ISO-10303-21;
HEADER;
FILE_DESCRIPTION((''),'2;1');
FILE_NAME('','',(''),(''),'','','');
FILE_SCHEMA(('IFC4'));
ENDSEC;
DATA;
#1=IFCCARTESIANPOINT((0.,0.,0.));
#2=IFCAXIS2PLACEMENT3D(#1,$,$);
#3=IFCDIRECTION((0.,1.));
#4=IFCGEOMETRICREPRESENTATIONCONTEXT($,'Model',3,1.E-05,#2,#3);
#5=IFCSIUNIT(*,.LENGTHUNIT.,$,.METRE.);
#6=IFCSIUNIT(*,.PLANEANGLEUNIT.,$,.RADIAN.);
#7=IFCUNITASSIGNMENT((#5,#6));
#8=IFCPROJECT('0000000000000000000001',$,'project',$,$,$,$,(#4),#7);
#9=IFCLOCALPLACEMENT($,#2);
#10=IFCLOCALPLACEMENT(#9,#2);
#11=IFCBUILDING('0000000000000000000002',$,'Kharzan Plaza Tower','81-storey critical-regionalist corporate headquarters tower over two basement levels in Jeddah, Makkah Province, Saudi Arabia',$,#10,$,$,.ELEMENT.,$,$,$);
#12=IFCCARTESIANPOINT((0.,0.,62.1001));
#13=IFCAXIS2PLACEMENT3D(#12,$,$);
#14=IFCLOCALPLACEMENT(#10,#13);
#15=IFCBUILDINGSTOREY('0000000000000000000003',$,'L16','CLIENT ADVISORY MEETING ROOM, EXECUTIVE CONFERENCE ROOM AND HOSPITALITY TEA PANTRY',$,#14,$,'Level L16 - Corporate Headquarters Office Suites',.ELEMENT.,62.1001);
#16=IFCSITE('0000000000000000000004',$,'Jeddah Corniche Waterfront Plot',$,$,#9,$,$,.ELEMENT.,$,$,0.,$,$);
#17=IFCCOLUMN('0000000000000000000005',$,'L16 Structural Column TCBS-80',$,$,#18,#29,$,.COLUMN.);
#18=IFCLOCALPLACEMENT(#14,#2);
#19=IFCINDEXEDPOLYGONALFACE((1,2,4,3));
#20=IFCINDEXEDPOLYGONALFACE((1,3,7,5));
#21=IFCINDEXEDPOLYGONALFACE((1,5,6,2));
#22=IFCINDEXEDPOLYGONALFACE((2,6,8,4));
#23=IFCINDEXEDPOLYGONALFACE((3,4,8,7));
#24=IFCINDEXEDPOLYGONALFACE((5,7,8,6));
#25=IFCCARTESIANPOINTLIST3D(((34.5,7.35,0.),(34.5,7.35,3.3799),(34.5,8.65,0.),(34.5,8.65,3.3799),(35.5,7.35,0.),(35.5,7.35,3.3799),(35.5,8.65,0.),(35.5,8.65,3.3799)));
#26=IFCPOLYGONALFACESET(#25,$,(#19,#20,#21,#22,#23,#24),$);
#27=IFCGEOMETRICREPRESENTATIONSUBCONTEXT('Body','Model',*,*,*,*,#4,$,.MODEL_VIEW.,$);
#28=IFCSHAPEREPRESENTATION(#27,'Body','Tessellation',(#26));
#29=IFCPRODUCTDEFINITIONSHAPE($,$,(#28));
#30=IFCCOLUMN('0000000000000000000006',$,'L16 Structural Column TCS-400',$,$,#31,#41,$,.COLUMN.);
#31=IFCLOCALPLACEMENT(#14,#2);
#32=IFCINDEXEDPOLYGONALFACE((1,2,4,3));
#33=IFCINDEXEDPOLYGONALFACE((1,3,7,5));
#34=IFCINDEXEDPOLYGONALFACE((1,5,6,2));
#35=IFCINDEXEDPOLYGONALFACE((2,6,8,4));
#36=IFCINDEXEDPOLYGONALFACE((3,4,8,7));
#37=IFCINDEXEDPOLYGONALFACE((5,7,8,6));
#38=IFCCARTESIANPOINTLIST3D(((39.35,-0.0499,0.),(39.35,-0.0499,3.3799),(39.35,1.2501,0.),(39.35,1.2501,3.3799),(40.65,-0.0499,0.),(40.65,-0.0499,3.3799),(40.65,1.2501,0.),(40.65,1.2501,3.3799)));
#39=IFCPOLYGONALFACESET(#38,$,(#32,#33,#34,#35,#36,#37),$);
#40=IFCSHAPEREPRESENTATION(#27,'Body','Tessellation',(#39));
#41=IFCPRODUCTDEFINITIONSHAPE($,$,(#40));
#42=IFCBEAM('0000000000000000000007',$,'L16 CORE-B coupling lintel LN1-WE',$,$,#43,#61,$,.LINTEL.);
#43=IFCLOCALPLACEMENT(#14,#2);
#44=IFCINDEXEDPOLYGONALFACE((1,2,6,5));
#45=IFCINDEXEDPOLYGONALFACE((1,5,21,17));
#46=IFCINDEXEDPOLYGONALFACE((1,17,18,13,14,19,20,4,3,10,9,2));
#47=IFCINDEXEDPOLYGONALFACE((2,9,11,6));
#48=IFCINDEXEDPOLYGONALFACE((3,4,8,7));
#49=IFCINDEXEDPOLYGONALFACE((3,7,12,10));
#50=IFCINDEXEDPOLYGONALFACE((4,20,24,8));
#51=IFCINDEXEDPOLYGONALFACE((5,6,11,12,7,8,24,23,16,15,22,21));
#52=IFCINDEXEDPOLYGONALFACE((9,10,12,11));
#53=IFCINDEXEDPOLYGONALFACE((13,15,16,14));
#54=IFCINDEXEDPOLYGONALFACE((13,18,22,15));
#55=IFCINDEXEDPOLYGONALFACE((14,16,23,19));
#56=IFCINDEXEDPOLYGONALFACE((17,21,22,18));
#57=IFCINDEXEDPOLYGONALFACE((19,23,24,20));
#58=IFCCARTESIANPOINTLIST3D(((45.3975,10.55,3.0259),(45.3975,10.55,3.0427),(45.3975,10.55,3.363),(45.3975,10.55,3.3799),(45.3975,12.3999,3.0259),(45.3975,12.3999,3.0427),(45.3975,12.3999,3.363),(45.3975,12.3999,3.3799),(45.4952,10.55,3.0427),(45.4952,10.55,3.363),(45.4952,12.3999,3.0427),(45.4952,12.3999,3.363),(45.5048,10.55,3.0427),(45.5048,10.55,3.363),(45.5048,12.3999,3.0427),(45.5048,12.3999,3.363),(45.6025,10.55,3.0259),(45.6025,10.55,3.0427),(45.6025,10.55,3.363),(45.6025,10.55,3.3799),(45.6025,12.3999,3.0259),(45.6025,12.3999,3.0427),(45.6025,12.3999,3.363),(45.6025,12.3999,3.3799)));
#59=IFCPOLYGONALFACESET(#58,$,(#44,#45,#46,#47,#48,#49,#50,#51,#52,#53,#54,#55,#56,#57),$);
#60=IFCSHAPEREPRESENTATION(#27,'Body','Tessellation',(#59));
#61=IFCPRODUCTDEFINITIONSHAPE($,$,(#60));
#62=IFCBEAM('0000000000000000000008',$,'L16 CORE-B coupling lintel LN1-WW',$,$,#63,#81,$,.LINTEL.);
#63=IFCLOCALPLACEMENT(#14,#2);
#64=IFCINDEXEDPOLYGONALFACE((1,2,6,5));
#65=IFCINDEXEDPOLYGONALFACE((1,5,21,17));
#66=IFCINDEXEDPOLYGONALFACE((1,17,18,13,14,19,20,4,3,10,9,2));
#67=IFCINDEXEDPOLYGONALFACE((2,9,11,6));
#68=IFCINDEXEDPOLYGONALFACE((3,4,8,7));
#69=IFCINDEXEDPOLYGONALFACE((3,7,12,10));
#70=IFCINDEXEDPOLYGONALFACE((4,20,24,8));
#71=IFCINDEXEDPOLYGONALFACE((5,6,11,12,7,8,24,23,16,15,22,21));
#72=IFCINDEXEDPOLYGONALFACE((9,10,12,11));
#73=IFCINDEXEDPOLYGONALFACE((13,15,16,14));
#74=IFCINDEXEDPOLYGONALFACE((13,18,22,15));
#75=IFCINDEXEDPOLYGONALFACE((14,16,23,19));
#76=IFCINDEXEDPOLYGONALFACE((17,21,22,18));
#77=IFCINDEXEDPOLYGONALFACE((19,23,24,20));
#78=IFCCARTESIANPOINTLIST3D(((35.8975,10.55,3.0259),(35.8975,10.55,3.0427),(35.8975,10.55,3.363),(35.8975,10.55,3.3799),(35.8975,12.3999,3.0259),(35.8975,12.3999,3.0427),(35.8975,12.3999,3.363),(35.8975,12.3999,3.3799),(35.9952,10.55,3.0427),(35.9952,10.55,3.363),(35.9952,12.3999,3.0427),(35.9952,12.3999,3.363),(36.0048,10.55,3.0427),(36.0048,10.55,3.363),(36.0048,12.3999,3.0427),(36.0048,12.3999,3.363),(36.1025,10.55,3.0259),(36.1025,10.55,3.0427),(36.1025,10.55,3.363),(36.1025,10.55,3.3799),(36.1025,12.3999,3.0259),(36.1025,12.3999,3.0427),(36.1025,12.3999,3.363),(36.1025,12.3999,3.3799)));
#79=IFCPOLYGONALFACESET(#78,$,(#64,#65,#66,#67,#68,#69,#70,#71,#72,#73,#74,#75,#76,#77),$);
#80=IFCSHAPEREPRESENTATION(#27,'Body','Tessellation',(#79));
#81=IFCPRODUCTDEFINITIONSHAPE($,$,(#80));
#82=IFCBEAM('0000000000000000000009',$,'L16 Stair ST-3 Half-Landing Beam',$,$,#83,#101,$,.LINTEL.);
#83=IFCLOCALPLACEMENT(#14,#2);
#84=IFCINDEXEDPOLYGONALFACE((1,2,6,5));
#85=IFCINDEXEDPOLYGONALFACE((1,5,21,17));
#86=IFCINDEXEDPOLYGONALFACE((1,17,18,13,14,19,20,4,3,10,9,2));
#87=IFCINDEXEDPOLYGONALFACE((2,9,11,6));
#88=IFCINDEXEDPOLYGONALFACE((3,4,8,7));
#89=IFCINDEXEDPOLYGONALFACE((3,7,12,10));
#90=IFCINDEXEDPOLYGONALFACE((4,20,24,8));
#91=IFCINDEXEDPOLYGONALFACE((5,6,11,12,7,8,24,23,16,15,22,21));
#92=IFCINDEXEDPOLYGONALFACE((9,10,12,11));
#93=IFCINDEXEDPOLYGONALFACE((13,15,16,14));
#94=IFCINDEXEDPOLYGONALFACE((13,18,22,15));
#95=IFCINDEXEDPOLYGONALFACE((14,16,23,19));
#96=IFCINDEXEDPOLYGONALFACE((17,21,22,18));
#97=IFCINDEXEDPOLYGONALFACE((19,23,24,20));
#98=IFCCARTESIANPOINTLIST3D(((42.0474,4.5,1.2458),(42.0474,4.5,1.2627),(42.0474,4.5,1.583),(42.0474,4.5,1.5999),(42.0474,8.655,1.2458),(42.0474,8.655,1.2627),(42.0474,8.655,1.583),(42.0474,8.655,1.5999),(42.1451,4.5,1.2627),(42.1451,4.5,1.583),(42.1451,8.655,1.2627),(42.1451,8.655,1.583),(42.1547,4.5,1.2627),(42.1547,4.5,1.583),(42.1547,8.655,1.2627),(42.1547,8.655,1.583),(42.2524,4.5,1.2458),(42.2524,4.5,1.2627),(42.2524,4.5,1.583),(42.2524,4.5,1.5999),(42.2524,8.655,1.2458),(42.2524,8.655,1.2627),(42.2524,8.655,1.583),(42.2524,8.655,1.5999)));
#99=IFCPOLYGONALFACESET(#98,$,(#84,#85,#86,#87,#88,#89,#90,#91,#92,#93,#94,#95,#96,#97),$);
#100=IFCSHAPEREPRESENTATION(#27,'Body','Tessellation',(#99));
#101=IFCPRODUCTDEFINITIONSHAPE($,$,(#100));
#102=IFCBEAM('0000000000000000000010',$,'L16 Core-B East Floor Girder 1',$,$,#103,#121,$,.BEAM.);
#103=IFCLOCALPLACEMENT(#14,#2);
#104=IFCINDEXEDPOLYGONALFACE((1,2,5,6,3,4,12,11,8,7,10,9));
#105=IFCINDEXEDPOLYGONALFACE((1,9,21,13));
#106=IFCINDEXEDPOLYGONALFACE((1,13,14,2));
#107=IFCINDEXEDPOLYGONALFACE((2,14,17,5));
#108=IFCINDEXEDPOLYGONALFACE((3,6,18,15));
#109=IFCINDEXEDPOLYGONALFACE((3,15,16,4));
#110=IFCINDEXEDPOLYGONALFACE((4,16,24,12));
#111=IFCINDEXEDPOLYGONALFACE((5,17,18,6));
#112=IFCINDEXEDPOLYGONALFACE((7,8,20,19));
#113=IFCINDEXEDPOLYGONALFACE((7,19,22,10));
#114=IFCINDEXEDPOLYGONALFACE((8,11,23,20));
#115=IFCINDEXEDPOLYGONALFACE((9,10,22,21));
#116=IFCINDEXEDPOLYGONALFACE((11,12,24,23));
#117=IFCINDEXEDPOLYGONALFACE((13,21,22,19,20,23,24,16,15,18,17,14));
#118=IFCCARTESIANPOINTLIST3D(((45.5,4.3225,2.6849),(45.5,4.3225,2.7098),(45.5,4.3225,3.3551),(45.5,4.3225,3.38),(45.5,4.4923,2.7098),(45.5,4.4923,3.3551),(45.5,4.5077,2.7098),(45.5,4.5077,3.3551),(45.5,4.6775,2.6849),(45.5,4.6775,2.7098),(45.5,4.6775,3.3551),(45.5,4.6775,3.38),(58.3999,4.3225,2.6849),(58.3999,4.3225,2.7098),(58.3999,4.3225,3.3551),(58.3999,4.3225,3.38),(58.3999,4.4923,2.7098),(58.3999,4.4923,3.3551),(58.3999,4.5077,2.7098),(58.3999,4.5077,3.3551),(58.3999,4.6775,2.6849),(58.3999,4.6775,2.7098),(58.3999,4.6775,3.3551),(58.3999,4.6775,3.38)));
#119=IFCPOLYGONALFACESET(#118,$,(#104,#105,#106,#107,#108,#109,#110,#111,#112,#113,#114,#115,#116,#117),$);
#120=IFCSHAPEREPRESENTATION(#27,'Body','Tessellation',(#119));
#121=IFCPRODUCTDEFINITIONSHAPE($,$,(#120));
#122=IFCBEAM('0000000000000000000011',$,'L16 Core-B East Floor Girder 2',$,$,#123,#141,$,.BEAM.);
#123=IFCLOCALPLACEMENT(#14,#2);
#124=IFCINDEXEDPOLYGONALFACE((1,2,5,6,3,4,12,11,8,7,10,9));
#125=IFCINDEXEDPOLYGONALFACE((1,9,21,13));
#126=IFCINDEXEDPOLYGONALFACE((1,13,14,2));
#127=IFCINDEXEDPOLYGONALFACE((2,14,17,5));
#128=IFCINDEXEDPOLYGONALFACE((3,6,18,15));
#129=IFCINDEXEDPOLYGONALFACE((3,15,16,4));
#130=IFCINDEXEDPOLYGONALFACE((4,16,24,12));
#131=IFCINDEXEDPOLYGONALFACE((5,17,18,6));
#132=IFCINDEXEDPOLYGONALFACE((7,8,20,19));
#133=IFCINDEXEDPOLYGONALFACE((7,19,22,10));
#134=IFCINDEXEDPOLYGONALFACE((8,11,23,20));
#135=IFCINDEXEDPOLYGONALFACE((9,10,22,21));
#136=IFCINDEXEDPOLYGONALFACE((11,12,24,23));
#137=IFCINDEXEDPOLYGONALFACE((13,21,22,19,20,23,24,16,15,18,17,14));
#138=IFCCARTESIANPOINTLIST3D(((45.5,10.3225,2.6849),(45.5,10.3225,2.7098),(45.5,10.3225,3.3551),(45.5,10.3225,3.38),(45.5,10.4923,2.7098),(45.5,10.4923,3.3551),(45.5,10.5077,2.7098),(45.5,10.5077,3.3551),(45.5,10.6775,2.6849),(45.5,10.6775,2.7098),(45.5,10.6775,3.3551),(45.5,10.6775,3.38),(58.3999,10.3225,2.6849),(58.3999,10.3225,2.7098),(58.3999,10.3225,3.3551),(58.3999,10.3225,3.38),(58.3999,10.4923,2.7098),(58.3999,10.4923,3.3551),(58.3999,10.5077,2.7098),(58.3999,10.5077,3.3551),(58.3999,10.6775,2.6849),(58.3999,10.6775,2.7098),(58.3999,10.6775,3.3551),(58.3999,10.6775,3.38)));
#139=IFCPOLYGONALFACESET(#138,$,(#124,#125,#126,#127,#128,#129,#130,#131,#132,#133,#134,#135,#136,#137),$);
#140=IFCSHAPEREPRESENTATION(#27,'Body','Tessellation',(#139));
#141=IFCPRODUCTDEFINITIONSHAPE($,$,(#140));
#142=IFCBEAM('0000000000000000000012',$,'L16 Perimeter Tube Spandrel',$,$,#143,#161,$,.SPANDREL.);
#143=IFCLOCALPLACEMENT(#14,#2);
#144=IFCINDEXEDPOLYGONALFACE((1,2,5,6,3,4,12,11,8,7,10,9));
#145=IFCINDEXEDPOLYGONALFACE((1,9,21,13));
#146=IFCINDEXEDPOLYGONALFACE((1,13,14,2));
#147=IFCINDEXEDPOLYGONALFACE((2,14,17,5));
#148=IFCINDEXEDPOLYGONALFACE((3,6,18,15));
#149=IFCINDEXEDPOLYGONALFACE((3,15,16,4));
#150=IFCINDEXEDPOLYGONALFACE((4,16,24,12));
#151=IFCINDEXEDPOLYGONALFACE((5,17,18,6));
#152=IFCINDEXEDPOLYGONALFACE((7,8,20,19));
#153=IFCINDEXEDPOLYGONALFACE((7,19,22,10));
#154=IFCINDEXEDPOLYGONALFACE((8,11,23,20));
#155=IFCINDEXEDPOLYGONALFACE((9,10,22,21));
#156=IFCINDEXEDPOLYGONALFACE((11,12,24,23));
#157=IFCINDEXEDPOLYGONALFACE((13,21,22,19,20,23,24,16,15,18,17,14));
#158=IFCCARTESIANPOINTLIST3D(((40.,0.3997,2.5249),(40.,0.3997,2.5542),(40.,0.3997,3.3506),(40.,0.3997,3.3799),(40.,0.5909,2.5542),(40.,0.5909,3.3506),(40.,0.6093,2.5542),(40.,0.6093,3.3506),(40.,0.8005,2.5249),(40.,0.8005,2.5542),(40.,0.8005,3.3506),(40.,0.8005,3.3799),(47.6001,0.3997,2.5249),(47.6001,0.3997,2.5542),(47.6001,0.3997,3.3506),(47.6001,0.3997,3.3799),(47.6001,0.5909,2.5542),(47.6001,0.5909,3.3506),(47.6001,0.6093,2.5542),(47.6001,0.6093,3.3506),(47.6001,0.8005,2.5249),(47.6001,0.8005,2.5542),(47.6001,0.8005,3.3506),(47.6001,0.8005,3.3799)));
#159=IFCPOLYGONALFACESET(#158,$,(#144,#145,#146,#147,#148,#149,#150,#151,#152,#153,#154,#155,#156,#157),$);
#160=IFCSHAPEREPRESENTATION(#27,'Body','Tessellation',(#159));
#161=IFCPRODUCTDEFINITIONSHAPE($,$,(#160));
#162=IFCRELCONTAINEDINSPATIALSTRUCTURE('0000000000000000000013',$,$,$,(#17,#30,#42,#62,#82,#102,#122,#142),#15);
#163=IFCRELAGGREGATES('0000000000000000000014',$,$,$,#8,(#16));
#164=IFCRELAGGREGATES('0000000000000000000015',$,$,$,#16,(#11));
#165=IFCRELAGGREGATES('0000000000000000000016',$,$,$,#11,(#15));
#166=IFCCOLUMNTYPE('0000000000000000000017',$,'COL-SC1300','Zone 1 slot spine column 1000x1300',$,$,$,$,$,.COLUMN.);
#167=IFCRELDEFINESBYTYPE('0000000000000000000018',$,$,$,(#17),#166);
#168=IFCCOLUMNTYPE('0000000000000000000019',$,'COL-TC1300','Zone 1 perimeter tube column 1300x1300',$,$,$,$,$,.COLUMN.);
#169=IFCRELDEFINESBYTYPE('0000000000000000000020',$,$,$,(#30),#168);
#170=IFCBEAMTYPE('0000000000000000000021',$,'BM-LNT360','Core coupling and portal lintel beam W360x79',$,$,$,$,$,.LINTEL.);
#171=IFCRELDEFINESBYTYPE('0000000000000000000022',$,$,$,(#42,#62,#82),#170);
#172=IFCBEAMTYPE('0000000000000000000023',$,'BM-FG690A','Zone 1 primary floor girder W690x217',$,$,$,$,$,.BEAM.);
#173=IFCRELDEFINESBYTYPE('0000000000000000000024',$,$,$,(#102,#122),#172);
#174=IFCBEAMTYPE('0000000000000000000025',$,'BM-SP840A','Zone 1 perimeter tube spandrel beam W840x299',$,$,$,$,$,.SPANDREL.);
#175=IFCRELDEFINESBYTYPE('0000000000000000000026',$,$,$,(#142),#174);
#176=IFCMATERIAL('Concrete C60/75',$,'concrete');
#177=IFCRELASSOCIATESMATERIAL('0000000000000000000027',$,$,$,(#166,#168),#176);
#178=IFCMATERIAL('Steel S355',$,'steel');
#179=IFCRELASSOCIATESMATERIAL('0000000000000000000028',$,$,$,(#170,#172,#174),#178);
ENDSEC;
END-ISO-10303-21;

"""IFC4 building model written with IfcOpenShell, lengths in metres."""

from ifc_helpers import new_model, si_unit, direction, frame, origin, origin_2d, place, context, subcontext, project, spatial, rectangle, i_section, extrude, source, transform, mapped, material, material_profile, profile_set, type_object, element, save


model = new_model("IFC4")

# Units and contexts
model_context = context("Model", 3, precision=1e-05, world=origin(), true_north=direction((0.0, 1.0)))
body_context = subcontext(model_context, "Body", "Model", "MODEL_VIEW")
ifc_project = project(units=[si_unit("LENGTHUNIT", "METRE"), si_unit("PLANEANGLEUNIT", "RADIAN")], contexts=[model_context])

# Site, building, storey
site_placement = place(None, origin())
site = spatial("IfcSite", under=ifc_project, at=site_placement, Name="Jeddah Corniche Waterfront Plot", CompositionType="ELEMENT", RefElevation=0.0)
building_placement = place(site_placement, origin())
building = spatial("IfcBuilding", under=site, at=building_placement, Name="Kharzan Plaza Tower", Description="81-storey critical-regionalist corporate headquarters tower over two basement levels in Jeddah, Makkah Province, Saudi Arabia", CompositionType="ELEMENT")
storey_placement = place(building_placement, frame((0.0, 0.0, 62.1001)))
storey = spatial("IfcBuildingStorey", under=building, at=storey_placement, Name="L16", Description="CLIENT ADVISORY MEETING ROOM, EXECUTIVE CONFERENCE ROOM AND HOSPITALITY TEA PANTRY", LongName="Level L16 - Corporate Headquarters Office Suites", CompositionType="ELEMENT", Elevation=62.1001)

# Columns
ifc_material_1 = material(Name="Concrete C60/75", Category="concrete")
ifc_material_profile_1 = material_profile(ifc_material_1, rectangle(XDim=1.0, YDim=1.3, at=origin_2d()), Name="RC-SC1300x1000")
ifc_profile_set_1 = profile_set([ifc_material_profile_1], Name="Concrete C60/75")
column_type_1 = type_object("IfcColumnType", Name="COL-SC1300", Description="Zone 1 slot spine column 1000x1300", PredefinedType="COLUMN", material=ifc_profile_set_1)
shared_shape_1 = source(origin(), body_context, "Body", "SweptSolid", [
    extrude(rectangle(XDim=1.0, YDim=1.3, at=origin_2d()), origin(), (0.0, 0.0, 1.0), 3.3799),
])
column_1_placement = place(storey_placement, frame((35.0, 8.0, 0.0), z_axis=(0.0, 0.0, 1.0), x_axis=(1.0, 0.0, 0.0)))
element("IfcColumn", 1, at=column_1_placement, inside=storey, type_object=column_type_1, Name="L16 Structural Column TCBS-80", PredefinedType="COLUMN", context=body_context, shape_type="MappedRepresentation", body=[
    mapped(shared_shape_1, transform((0.0, 0.0, 0.0), x_axis=(1.0, 0.0, 0.0), y_axis=(0.0, 1.0, 0.0), z_axis=(0.0, 0.0, 1.0))),
])
ifc_material_profile_2 = material_profile(ifc_material_1, rectangle(XDim=1.3, YDim=1.3, at=origin_2d()), Name="RC-TC1300x1300")
ifc_profile_set_2 = profile_set([ifc_material_profile_2], Name="Concrete C60/75")
column_type_2 = type_object("IfcColumnType", Name="COL-TC1300", Description="Zone 1 perimeter tube column 1300x1300", PredefinedType="COLUMN", material=ifc_profile_set_2)
shared_shape_2 = source(origin(), body_context, "Body", "SweptSolid", [
    extrude(rectangle(XDim=1.3, YDim=1.3, at=origin_2d()), origin(), (0.0, 0.0, 1.0), 3.3799),
])
column_2_placement = place(storey_placement, frame((40.0, 0.6001, 0.0), z_axis=(0.0, 0.0, 1.0), x_axis=(1.0, 0.0, 0.0)))
element("IfcColumn", 2, at=column_2_placement, inside=storey, type_object=column_type_2, Name="L16 Structural Column TCS-400", PredefinedType="COLUMN", context=body_context, shape_type="MappedRepresentation", body=[
    mapped(shared_shape_2, transform((0.0, 0.0, 0.0), x_axis=(1.0, 0.0, 0.0), y_axis=(0.0, 1.0, 0.0), z_axis=(0.0, 0.0, 1.0))),
])

# Beams
ifc_material_2 = material(Name="Steel S355", Category="steel")
ifc_material_profile_3 = material_profile(ifc_material_2, i_section(OverallWidth=0.2051, OverallDepth=0.354, WebThickness=0.0095, FlangeThickness=0.0168, at=origin_2d()), Name="W360x79")
ifc_profile_set_3 = profile_set([ifc_material_profile_3], Name="Steel S355")
beam_type_1 = type_object("IfcBeamType", Name="BM-LNT360", Description="Core coupling and portal lintel beam W360x79", PredefinedType="LINTEL", material=ifc_profile_set_3)
shared_shape_3 = source(origin(), body_context, "Body", "SweptSolid", [
    extrude(i_section(OverallWidth=0.2051, OverallDepth=0.354, WebThickness=0.0095, FlangeThickness=0.0168, at=origin_2d()), origin(), (0.0, 0.0, 1.0), 1.8499),
])
for number, where, z_axis, x_axis, name in (
    (3, (45.5, 10.55, 3.2029), (0.0, 1.0, 0.0), (-1.0, 0.0, 0.0), "L16 CORE-B coupling lintel LN1-WE"),
    (4, (36.0, 10.55, 3.2029), (0.0, 1.0, 0.0), (-1.0, 0.0, 0.0), "L16 CORE-B coupling lintel LN1-WW"),
):
    element("IfcBeam", number, at=place(storey_placement, frame(where, z_axis=z_axis, x_axis=x_axis)), inside=storey, type_object=beam_type_1, Name=name, PredefinedType="LINTEL", context=body_context, shape_type="MappedRepresentation", body=[
        mapped(shared_shape_3, transform((0.0, 0.0, 0.0), x_axis=(1.0, 0.0, 0.0), y_axis=(0.0, 1.0, 0.0), z_axis=(0.0, 0.0, 1.0))),
    ])
shared_shape_4 = source(origin(), body_context, "Body", "SweptSolid", [
    extrude(i_section(OverallWidth=0.2051, OverallDepth=0.354, WebThickness=0.0095, FlangeThickness=0.0168, at=origin_2d()), origin(), (0.0, 0.0, 1.0), 4.155),
])
beam_1_placement = place(storey_placement, frame((42.1499, 4.5, 1.4229), z_axis=(0.0, 1.0, 0.0), x_axis=(-1.0, 0.0, 0.0)))
element("IfcBeam", 5, at=beam_1_placement, inside=storey, type_object=beam_type_1, Name="L16 Stair ST-3 Half-Landing Beam", PredefinedType="LINTEL", context=body_context, shape_type="MappedRepresentation", body=[
    mapped(shared_shape_4, transform((0.0, 0.0, 0.0), x_axis=(1.0, 0.0, 0.0), y_axis=(0.0, 1.0, 0.0), z_axis=(0.0, 0.0, 1.0))),
])
ifc_material_profile_4 = material_profile(ifc_material_2, i_section(OverallWidth=0.355, OverallDepth=0.6951, WebThickness=0.0154, FlangeThickness=0.0249, at=origin_2d()), Name="W690x217")
ifc_profile_set_4 = profile_set([ifc_material_profile_4], Name="Steel S355")
beam_type_2 = type_object("IfcBeamType", Name="BM-FG690A", Description="Zone 1 primary floor girder W690x217", PredefinedType="BEAM", material=ifc_profile_set_4)
shared_shape_5 = source(origin(), body_context, "Body", "SweptSolid", [
    extrude(i_section(OverallWidth=0.355, OverallDepth=0.6951, WebThickness=0.0154, FlangeThickness=0.0249, at=origin_2d()), origin(), (0.0, 0.0, 1.0), 12.8999),
])
for number, where, z_axis, x_axis, name in (
    (6, (45.5, 4.5, 3.0325), (1.0, 0.0, 0.0), (0.0, 1.0, 0.0), "L16 Core-B East Floor Girder 1"),
    (7, (45.5, 10.5, 3.0325), (1.0, 0.0, 0.0), (0.0, 1.0, 0.0), "L16 Core-B East Floor Girder 2"),
):
    element("IfcBeam", number, at=place(storey_placement, frame(where, z_axis=z_axis, x_axis=x_axis)), inside=storey, type_object=beam_type_2, Name=name, PredefinedType="BEAM", context=body_context, shape_type="MappedRepresentation", body=[
        mapped(shared_shape_5, transform((0.0, 0.0, 0.0), x_axis=(1.0, 0.0, 0.0), y_axis=(0.0, 1.0, 0.0), z_axis=(0.0, 0.0, 1.0))),
    ])
ifc_material_profile_5 = material_profile(ifc_material_2, i_section(OverallWidth=0.4009, OverallDepth=0.855, WebThickness=0.0183, FlangeThickness=0.0293, at=origin_2d()), Name="W840x299")
ifc_profile_set_5 = profile_set([ifc_material_profile_5], Name="Steel S355")
beam_type_3 = type_object("IfcBeamType", Name="BM-SP840A", Description="Zone 1 perimeter tube spandrel beam W840x299", PredefinedType="SPANDREL", material=ifc_profile_set_5)
shared_shape_6 = source(origin(), body_context, "Body", "SweptSolid", [
    extrude(i_section(OverallWidth=0.4009, OverallDepth=0.855, WebThickness=0.0183, FlangeThickness=0.0293, at=origin_2d()), origin(), (0.0, 0.0, 1.0), 7.6001),
])
beam_2_placement = place(storey_placement, frame((40.0, 0.6001, 2.9524), z_axis=(1.0, 0.0, 0.0), x_axis=(0.0, 1.0, 0.0)))
element("IfcBeam", 8, at=beam_2_placement, inside=storey, type_object=beam_type_3, Name="L16 Perimeter Tube Spandrel", PredefinedType="SPANDREL", context=body_context, shape_type="MappedRepresentation", body=[
    mapped(shared_shape_6, transform((0.0, 0.0, 0.0), x_axis=(1.0, 0.0, 0.0), y_axis=(0.0, 1.0, 0.0), z_axis=(0.0, 0.0, 1.0))),
])

save(model, "model.ifc")
